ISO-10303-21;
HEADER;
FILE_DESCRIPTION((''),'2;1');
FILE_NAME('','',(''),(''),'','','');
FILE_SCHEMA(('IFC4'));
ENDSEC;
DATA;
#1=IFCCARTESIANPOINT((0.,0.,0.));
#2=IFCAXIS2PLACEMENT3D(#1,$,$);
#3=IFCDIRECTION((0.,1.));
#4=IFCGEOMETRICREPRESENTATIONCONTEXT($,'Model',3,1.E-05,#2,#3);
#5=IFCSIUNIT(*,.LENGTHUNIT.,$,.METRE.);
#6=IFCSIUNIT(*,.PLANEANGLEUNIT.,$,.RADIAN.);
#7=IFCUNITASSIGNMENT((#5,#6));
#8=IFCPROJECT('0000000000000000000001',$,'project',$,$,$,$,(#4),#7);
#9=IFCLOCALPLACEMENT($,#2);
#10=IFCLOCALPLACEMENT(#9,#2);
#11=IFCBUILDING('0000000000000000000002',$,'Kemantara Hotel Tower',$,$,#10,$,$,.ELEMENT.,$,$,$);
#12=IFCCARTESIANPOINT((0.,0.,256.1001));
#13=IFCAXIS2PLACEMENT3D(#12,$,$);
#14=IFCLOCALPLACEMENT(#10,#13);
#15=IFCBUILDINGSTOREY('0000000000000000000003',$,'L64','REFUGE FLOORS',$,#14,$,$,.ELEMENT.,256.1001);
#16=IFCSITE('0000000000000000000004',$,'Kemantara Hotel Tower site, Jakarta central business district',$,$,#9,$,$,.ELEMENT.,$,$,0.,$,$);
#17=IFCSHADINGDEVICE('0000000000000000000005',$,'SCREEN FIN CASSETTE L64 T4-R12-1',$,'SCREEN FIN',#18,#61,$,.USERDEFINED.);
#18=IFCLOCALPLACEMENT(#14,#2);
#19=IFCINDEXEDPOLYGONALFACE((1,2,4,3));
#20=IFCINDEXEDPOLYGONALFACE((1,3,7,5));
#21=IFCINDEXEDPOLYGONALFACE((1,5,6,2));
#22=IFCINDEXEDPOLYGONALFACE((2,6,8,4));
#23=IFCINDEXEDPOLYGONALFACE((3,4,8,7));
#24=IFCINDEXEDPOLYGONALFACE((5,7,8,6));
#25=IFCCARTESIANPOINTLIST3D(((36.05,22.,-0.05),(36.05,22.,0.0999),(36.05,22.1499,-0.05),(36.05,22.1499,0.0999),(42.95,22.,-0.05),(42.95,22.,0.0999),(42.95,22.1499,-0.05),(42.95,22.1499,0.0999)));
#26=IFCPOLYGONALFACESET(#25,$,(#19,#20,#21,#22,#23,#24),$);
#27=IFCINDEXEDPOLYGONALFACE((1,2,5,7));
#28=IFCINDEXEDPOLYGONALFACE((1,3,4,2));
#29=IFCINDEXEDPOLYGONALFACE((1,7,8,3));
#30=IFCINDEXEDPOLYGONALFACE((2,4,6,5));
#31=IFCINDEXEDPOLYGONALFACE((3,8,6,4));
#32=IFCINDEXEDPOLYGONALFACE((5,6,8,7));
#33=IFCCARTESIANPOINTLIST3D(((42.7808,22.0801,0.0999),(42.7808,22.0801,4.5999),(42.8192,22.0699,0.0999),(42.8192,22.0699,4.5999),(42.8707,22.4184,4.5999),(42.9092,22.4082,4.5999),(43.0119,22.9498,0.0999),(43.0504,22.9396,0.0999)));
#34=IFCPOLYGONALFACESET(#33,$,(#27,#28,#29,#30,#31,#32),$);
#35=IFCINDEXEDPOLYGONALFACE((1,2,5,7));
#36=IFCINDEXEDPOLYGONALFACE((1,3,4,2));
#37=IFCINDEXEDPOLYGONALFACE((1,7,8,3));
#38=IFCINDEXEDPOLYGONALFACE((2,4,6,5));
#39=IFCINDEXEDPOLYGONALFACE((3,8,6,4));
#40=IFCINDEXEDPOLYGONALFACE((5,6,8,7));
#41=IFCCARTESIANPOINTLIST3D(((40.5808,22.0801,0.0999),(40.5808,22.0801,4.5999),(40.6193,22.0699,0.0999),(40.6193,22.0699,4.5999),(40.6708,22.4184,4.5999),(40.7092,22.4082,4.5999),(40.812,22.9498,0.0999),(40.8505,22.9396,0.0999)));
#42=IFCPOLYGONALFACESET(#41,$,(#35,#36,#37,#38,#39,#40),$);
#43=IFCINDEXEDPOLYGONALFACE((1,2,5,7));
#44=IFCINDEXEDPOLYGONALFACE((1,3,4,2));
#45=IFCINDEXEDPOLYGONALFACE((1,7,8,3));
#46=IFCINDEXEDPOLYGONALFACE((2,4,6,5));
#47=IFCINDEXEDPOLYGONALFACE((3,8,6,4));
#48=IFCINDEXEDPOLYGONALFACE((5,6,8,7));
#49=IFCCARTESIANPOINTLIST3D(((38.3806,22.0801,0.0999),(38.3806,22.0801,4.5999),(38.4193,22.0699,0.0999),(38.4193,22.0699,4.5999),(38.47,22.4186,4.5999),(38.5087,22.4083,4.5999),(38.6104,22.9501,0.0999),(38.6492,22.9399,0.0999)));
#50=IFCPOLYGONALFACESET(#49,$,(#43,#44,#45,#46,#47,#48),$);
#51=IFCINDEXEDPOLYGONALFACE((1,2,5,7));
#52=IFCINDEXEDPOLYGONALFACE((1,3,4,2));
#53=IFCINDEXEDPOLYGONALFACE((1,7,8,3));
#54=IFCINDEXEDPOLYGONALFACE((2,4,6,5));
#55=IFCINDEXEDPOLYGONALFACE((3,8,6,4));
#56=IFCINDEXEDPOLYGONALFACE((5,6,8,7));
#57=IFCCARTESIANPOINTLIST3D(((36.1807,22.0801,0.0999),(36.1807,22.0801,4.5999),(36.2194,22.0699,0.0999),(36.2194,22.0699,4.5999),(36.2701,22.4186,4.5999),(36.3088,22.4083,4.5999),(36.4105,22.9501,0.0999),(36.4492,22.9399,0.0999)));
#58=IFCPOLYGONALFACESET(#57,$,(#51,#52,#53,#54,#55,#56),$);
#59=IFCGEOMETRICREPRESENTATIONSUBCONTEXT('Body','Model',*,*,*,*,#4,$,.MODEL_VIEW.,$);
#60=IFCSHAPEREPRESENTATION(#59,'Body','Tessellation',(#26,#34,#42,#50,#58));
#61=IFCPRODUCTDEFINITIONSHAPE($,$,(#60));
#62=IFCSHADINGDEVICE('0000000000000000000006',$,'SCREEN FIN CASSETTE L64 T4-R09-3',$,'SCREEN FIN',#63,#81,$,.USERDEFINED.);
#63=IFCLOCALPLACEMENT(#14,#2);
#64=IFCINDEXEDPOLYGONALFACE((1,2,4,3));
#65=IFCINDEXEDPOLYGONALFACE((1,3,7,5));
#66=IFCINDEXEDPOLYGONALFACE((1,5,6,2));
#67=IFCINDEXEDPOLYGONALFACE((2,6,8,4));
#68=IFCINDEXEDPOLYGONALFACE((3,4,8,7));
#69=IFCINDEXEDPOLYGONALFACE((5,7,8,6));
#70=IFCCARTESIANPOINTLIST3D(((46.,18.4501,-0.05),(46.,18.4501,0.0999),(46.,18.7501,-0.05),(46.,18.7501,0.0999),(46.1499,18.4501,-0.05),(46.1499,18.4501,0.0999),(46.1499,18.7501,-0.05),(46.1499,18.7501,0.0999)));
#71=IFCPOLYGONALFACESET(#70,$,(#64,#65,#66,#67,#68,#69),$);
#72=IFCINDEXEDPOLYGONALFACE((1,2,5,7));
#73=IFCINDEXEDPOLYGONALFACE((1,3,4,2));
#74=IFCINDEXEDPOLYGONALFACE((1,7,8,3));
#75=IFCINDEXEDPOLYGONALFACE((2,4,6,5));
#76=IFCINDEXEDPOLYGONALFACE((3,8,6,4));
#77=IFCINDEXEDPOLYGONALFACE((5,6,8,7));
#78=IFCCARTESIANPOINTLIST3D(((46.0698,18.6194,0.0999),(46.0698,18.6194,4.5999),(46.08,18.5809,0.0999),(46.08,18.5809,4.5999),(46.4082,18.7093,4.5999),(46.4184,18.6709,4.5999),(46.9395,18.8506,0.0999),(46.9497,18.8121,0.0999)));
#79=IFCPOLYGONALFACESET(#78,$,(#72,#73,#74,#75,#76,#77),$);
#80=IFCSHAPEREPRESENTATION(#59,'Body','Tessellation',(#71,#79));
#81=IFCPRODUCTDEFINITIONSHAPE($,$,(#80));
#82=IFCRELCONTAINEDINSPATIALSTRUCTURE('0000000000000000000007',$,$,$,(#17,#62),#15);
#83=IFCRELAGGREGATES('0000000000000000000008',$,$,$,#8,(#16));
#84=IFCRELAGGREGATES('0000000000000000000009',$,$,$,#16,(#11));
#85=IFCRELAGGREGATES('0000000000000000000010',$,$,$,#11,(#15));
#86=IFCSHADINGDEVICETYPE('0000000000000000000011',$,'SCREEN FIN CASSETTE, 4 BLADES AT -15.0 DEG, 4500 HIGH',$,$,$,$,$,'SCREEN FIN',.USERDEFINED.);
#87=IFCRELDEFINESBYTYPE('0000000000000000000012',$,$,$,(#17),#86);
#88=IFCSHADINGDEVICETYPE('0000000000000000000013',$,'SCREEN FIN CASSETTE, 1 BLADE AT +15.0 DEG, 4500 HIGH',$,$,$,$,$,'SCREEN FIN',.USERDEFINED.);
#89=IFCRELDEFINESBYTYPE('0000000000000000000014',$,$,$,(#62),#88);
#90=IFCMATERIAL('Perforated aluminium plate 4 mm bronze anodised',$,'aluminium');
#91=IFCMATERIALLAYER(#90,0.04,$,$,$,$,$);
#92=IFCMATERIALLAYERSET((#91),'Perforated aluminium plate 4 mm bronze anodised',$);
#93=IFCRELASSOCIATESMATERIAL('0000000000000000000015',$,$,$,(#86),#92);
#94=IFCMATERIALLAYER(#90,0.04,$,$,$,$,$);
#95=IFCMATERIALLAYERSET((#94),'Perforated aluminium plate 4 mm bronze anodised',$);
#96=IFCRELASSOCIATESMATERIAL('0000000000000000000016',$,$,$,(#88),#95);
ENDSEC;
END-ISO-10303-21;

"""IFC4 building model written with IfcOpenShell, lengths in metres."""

from ifc_helpers import new_model, si_unit, direction, frame, origin, origin_2d, place, context, subcontext, project, spatial, polyline, rectangle, outline, extrude, source, transform, mapped, material, layer, layer_set, type_object, element, save


model = new_model("IFC4")

# Units and contexts
model_context = context("Model", 3, precision=1e-05, world=origin(), true_north=direction((0.0, 1.0)))
body_context = subcontext(model_context, "Body", "Model", "MODEL_VIEW")
ifc_project = project(units=[si_unit("LENGTHUNIT", "METRE"), si_unit("PLANEANGLEUNIT", "RADIAN")], contexts=[model_context])

# Site, building, storey
site_placement = place(None, origin())
site = spatial("IfcSite", under=ifc_project, at=site_placement, Name="Kemantara Hotel Tower site, Jakarta central business district", CompositionType="ELEMENT", RefElevation=0.0)
building_placement = place(site_placement, origin())
building = spatial("IfcBuilding", under=site, at=building_placement, Name="Kemantara Hotel Tower", CompositionType="ELEMENT")
storey_placement = place(building_placement, frame((0.0, 0.0, 256.1001)))
storey = spatial("IfcBuildingStorey", under=building, at=storey_placement, Name="L64", Description="REFUGE FLOORS", CompositionType="ELEMENT", Elevation=256.1001)

# Shading devices
ifc_material_1 = material(Name="Perforated aluminium plate 4 mm bronze anodised", Category="aluminium")
ifc_layer_1 = layer(ifc_material_1, 0.04)
ifc_layer_set_1 = layer_set([ifc_layer_1], Name="Perforated aluminium plate 4 mm bronze anodised")
shading_device_type_1 = type_object("IfcShadingDeviceType", Name="SCREEN FIN CASSETTE, 4 BLADES AT -15.0 DEG, 4500 HIGH", ElementType="SCREEN FIN", PredefinedType="USERDEFINED", material=ifc_layer_set_1)
shared_shape_1 = source(origin(), body_context, "Body", "SweptSolid", [
    extrude(rectangle(XDim=6.8999, YDim=0.1499, at=origin_2d()), frame((3.3, -0.075, -0.1499), z_axis=(0.0, 0.0, 1.0), x_axis=(1.0, 0.0, 0.0)), (0.0, 0.0, 1.0), 0.1499),
    extrude(outline(polyline([(0.0, 0.0), (0.8999, 0.0), (0.3501, 4.5), (0.0, 4.5), (0.0, 0.0)])), frame((0.0193, -0.0801, 0.0), z_axis=(-0.966438, 0.256901, 0.0), x_axis=(-0.256901, -0.966438, 0.0)), (0.0, 0.0, 1.0), 0.0398),
    extrude(outline(polyline([(0.0, 0.0), (0.8999, 0.0), (0.3501, 4.5), (0.0, 4.5), (0.0, 0.0)])), frame((2.2192, -0.0801, 0.0), z_axis=(-0.966438, 0.256901, 0.0), x_axis=(-0.256901, -0.966438, 0.0)), (0.0, 0.0, 1.0), 0.0398),
    extrude(outline(polyline([(0.0, 0.0), (0.8999, 0.0), (0.3501, 4.5), (0.0, 4.5), (0.0, 0.0)])), frame((4.4194, -0.0801, 0.0), z_axis=(-0.966838, 0.255391, 0.0), x_axis=(-0.255391, -0.966838, 0.0)), (0.0, 0.0, 1.0), 0.04),
    extrude(outline(polyline([(0.0, 0.0), (0.8999, 0.0), (0.3501, 4.5), (0.0, 4.5), (0.0, 0.0)])), frame((6.6194, -0.0801, 0.0), z_axis=(-0.966838, 0.255391, 0.0), x_axis=(-0.255391, -0.966838, 0.0)), (0.0, 0.0, 1.0), 0.04),
])
shading_device_1_placement = place(storey_placement, frame((42.8, 22.0, 0.0999), z_axis=(0.0, 0.0, 1.0), x_axis=(-1.0, 0.0, 0.0)))
element("IfcShadingDevice", 1, at=shading_device_1_placement, inside=storey, type_object=shading_device_type_1, Name="SCREEN FIN CASSETTE L64 T4-R12-1", ObjectType="SCREEN FIN", PredefinedType="USERDEFINED", context=body_context, shape_type="MappedRepresentation", body=[
    mapped(shared_shape_1, transform((0.0, 0.0, 0.0))),
])
ifc_layer_2 = layer(ifc_material_1, 0.04)
ifc_layer_set_2 = layer_set([ifc_layer_2], Name="Perforated aluminium plate 4 mm bronze anodised")
shading_device_type_2 = type_object("IfcShadingDeviceType", Name="SCREEN FIN CASSETTE, 1 BLADE AT +15.0 DEG, 4500 HIGH", ElementType="SCREEN FIN", PredefinedType="USERDEFINED", material=ifc_layer_set_2)
shared_shape_2 = source(origin(), body_context, "Body", "SweptSolid", [
    extrude(rectangle(XDim=0.3, YDim=0.1499, at=origin_2d()), frame((0.0, -0.075, -0.1499), z_axis=(0.0, 0.0, 1.0), x_axis=(1.0, 0.0, 0.0)), (0.0, 0.0, 1.0), 0.1499),
    extrude(outline(polyline([(0.0, 0.0), (0.8999, 0.0), (0.3501, 4.5), (0.0, 4.5), (0.0, 0.0)])), frame((0.0193, -0.0698, 0.0), z_axis=(-0.966438, -0.256901, 0.0), x_axis=(0.256901, -0.966438, 0.0)), (0.0, 0.0, 1.0), 0.0398),
])
shading_device_2_placement = place(storey_placement, frame((46.0, 18.6001, 0.0999), z_axis=(0.0, 0.0, 1.0), x_axis=(0.0, 1.0, 0.0)))
element("IfcShadingDevice", 2, at=shading_device_2_placement, inside=storey, type_object=shading_device_type_2, Name="SCREEN FIN CASSETTE L64 T4-R09-3", ObjectType="SCREEN FIN", PredefinedType="USERDEFINED", context=body_context, shape_type="MappedRepresentation", body=[
    mapped(shared_shape_2, transform((0.0, 0.0, 0.0))),
])

save(model, "model.ifc")
